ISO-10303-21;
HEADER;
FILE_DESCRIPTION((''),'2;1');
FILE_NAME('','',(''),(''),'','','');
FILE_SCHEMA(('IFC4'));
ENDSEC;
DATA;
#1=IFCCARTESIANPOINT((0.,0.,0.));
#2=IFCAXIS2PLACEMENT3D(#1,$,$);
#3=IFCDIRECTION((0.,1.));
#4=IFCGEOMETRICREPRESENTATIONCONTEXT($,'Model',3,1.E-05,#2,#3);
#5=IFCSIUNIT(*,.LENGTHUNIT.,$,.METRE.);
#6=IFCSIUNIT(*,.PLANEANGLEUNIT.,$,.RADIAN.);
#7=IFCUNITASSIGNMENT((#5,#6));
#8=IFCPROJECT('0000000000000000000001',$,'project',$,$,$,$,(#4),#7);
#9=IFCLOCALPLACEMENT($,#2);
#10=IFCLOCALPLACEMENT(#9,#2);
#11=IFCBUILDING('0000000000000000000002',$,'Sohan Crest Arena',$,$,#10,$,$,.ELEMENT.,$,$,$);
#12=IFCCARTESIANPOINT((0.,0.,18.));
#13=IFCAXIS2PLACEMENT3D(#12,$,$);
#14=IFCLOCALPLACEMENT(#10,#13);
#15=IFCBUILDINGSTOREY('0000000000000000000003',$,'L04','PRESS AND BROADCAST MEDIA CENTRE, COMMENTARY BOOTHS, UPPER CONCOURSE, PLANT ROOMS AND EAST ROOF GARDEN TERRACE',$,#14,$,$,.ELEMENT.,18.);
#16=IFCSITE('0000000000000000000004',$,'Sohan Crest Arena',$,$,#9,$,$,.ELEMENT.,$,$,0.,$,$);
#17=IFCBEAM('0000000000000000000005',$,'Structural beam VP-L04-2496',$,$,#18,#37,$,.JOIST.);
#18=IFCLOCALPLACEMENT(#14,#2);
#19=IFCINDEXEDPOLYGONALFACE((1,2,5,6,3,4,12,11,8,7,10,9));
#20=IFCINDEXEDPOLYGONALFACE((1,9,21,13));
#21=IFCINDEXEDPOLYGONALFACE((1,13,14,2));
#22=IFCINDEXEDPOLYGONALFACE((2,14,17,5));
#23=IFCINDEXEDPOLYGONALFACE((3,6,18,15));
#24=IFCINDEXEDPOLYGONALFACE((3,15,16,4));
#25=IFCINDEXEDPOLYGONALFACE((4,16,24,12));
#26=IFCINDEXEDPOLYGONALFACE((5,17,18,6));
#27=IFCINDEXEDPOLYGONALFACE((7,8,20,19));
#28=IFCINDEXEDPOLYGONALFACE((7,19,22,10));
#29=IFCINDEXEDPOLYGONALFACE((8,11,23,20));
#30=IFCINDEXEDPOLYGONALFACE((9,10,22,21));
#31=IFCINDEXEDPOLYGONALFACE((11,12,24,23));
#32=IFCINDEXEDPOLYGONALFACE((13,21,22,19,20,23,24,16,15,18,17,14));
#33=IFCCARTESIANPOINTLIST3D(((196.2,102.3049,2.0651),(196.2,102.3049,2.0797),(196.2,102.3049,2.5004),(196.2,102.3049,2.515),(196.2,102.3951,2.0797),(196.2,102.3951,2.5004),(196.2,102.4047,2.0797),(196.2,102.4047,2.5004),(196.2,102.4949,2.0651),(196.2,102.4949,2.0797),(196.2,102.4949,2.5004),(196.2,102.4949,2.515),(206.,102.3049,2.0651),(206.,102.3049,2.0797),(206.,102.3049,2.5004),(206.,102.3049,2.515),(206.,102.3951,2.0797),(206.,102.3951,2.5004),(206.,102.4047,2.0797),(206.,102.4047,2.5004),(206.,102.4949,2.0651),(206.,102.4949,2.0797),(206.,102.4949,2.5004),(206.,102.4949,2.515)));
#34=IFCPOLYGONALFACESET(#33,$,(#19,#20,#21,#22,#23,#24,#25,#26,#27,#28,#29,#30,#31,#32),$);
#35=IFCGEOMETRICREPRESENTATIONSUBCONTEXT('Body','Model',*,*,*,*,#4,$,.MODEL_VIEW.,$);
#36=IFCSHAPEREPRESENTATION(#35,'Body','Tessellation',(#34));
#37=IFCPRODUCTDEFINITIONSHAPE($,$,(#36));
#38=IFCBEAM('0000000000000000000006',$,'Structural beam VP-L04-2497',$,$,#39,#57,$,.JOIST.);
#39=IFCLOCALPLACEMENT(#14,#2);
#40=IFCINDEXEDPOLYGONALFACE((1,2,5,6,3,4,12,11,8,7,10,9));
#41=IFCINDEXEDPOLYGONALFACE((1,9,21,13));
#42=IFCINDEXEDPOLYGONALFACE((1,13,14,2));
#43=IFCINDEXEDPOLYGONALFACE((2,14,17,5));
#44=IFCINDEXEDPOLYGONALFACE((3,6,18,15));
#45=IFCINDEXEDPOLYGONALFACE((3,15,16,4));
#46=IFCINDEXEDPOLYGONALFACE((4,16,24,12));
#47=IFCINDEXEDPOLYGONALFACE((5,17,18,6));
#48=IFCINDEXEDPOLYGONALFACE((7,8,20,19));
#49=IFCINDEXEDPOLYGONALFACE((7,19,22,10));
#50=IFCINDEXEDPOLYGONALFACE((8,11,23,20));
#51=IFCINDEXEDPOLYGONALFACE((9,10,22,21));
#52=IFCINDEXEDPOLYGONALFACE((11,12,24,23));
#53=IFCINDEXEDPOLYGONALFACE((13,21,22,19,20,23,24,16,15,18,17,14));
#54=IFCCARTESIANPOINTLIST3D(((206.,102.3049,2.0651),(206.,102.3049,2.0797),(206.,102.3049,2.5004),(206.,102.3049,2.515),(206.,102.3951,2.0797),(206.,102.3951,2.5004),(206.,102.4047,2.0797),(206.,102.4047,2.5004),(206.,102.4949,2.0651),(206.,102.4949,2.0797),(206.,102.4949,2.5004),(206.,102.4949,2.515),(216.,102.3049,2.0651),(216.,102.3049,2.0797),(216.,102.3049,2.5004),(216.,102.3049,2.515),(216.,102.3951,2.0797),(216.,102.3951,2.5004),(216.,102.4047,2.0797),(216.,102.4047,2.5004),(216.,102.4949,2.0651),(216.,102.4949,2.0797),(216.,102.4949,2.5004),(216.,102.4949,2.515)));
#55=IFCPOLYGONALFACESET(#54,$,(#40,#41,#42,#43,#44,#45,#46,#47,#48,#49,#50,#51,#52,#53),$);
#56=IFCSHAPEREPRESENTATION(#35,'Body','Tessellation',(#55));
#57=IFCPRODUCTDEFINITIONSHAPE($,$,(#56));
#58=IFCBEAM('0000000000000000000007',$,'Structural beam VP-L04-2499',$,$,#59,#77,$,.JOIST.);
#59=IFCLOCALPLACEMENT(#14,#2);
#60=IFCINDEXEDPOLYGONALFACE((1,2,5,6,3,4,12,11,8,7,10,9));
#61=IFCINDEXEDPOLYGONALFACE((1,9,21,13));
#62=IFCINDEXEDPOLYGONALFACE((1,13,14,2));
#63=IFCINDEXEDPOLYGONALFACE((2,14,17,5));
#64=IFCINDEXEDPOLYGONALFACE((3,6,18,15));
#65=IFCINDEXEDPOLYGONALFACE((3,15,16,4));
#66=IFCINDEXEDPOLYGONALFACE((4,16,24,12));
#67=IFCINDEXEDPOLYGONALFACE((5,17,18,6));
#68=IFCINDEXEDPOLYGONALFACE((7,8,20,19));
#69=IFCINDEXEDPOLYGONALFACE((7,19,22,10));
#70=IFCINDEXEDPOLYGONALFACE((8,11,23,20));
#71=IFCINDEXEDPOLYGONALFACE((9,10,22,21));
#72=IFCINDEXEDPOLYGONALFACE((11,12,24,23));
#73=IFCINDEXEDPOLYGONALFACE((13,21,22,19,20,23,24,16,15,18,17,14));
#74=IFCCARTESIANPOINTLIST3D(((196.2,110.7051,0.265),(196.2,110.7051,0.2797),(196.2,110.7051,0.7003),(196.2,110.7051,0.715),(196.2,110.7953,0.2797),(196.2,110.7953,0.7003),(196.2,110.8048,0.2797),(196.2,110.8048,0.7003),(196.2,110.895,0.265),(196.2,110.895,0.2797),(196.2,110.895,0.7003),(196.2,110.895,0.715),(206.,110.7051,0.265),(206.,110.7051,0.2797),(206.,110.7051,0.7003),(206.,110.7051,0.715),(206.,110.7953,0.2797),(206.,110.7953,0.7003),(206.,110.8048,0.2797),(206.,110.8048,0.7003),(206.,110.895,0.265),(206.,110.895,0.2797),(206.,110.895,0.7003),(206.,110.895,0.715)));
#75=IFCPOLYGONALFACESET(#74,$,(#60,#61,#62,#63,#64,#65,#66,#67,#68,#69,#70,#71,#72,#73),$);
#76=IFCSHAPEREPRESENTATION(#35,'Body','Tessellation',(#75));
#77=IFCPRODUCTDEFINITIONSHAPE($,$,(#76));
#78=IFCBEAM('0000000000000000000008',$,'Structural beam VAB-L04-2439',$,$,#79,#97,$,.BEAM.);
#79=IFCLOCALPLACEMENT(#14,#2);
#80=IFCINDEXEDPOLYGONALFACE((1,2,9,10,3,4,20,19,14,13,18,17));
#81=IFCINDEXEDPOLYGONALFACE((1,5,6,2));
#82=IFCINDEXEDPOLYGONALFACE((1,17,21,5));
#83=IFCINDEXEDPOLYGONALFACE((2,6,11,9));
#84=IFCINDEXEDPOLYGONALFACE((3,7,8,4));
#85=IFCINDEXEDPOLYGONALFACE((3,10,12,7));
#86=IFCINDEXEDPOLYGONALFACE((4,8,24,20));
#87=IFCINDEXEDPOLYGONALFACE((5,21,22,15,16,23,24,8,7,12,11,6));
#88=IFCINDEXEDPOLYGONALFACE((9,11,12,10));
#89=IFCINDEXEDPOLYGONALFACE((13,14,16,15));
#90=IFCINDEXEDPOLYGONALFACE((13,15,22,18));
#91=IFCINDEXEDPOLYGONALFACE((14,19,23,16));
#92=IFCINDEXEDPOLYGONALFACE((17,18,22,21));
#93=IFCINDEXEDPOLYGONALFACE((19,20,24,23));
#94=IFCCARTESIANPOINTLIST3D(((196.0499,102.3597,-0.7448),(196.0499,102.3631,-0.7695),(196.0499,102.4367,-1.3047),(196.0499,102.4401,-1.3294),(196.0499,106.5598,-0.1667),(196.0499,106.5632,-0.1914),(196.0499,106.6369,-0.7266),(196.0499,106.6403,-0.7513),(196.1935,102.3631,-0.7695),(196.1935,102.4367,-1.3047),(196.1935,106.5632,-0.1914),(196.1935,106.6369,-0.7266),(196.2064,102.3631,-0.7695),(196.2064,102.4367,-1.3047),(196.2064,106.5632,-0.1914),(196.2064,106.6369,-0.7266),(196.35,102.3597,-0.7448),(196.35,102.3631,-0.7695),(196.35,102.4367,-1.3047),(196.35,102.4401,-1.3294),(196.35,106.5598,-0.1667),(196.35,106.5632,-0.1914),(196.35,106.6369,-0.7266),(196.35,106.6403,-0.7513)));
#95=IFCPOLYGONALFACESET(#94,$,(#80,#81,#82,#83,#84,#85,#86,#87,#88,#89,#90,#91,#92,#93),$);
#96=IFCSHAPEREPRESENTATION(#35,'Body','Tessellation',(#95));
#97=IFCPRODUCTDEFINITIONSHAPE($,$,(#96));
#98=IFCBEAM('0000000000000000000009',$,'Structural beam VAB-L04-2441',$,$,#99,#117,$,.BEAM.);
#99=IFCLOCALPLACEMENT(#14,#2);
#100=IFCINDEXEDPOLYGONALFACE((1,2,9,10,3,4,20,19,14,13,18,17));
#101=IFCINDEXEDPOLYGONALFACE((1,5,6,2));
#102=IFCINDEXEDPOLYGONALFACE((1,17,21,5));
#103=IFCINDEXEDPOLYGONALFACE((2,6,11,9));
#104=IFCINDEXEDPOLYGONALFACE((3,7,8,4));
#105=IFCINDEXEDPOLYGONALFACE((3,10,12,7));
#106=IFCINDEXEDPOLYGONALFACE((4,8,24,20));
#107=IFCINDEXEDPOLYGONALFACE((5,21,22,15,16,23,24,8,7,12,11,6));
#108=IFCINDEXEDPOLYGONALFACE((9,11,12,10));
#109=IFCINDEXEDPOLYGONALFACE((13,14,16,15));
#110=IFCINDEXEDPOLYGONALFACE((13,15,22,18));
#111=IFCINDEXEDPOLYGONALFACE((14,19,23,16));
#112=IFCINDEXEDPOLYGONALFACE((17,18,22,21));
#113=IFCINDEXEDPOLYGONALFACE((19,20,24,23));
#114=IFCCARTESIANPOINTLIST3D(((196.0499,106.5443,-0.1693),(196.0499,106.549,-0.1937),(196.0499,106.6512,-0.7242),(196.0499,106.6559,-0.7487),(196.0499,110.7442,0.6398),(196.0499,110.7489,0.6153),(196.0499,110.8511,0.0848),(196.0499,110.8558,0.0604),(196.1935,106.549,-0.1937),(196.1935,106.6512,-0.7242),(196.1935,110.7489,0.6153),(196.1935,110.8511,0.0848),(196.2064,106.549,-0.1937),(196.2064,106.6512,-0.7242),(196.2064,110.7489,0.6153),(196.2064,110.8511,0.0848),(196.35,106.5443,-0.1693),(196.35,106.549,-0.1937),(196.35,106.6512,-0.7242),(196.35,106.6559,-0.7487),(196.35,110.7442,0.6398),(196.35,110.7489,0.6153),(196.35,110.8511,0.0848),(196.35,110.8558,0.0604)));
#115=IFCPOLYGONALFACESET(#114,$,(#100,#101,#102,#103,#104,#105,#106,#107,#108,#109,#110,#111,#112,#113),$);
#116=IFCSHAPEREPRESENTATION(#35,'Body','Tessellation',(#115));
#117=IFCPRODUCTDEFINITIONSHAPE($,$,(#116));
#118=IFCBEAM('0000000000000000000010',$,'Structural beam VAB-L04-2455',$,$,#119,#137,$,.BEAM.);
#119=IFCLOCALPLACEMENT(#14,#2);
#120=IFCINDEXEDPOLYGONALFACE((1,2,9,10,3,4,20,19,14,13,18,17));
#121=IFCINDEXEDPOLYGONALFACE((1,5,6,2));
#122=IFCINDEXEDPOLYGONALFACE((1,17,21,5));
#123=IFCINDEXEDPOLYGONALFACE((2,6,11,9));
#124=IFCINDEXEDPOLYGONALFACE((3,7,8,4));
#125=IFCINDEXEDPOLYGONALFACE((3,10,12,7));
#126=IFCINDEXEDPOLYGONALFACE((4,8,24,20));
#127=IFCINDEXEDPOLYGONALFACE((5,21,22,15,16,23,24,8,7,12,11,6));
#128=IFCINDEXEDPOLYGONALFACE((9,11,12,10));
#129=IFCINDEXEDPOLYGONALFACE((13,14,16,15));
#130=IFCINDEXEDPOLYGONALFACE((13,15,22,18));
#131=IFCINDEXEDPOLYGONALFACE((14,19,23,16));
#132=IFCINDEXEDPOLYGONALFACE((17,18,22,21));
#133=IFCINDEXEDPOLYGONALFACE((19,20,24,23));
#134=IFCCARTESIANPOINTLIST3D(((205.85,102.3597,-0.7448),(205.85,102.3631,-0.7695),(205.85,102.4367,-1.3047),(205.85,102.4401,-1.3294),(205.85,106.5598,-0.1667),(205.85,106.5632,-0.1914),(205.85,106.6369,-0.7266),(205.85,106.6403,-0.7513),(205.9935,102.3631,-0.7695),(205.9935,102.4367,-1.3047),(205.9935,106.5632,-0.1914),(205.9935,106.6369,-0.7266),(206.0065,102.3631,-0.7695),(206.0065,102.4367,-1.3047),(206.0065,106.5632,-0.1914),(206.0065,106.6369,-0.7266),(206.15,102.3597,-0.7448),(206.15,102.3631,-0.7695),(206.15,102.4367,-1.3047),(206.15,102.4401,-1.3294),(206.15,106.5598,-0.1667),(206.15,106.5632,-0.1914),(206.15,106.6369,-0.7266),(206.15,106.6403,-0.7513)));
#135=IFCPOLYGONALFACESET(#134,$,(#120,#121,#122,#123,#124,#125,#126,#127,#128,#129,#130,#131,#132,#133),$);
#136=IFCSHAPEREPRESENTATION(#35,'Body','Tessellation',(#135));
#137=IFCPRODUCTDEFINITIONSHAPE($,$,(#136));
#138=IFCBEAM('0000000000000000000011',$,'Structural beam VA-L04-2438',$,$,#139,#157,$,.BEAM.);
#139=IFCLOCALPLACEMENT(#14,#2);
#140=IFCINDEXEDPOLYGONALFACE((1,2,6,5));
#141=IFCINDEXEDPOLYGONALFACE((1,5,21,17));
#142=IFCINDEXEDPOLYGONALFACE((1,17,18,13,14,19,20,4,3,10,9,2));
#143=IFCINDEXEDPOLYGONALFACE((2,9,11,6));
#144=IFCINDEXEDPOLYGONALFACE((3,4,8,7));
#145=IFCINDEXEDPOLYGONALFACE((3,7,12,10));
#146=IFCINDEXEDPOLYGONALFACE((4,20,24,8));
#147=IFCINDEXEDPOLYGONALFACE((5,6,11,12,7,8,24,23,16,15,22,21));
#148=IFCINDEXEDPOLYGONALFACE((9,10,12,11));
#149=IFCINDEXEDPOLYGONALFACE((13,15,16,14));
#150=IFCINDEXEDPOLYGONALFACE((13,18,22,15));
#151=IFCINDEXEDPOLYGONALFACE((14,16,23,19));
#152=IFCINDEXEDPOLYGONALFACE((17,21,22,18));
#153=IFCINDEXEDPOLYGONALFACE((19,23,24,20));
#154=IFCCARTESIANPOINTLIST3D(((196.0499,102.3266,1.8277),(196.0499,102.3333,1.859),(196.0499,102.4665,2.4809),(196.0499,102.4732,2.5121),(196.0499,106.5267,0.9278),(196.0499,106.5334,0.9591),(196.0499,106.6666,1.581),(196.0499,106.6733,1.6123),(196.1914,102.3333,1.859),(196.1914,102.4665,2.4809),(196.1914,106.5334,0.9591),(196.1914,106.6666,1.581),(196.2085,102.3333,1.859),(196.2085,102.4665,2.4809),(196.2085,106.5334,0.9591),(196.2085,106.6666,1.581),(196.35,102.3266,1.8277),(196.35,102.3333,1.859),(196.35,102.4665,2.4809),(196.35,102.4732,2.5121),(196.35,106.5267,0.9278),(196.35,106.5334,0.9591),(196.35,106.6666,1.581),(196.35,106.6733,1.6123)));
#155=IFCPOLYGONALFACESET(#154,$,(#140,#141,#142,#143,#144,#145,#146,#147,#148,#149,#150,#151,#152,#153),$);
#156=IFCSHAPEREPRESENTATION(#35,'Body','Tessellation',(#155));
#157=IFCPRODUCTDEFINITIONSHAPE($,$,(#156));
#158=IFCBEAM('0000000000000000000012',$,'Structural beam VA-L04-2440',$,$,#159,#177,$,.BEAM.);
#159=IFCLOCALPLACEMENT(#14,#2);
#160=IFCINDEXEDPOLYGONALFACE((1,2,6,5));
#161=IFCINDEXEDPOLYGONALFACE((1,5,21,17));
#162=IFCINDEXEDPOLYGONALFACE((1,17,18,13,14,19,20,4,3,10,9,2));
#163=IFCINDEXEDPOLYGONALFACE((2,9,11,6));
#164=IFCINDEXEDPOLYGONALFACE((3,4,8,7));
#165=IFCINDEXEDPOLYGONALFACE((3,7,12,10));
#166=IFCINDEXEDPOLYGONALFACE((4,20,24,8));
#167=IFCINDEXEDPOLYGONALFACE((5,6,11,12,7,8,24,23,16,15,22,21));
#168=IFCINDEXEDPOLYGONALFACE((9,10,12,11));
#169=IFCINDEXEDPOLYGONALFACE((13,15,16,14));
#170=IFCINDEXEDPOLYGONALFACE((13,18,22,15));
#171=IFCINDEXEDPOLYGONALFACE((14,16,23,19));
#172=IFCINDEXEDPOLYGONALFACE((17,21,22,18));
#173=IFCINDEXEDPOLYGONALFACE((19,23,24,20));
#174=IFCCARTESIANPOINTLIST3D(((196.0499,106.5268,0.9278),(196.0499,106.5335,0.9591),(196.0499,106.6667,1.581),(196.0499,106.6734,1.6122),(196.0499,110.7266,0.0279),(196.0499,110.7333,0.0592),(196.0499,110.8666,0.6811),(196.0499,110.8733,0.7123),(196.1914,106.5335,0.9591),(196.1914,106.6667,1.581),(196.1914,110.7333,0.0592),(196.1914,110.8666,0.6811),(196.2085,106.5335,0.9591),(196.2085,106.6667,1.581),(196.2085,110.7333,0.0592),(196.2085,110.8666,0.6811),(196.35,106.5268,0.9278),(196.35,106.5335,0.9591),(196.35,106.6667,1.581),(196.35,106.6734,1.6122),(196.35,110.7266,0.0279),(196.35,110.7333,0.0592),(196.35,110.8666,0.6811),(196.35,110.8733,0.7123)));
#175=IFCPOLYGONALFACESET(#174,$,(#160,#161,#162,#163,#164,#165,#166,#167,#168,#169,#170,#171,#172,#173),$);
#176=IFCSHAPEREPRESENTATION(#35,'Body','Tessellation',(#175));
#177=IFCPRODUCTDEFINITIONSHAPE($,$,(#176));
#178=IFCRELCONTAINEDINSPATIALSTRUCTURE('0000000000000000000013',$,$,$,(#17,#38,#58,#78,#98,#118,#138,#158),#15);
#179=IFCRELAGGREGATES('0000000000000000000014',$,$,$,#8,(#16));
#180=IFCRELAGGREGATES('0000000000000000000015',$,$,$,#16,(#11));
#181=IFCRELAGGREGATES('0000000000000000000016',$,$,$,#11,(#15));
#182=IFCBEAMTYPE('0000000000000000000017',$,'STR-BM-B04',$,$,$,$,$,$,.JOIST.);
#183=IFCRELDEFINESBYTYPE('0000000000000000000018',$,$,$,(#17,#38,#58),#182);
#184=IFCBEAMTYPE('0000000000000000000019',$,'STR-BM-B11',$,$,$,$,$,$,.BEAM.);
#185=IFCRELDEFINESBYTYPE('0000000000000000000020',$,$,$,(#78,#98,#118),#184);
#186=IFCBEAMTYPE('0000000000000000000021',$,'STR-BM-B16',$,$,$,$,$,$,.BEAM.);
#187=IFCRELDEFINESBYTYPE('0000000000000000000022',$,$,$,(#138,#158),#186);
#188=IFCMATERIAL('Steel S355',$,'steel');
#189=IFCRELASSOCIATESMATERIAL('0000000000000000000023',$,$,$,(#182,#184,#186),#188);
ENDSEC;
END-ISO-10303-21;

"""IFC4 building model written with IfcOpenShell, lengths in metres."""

from ifc_helpers import new_model, si_unit, direction, frame, origin, origin_2d, place, context, subcontext, project, spatial, i_section, extrude, material, material_profile, profile_set, type_object, element, save


model = new_model("IFC4")

# Units and contexts
model_context = context("Model", 3, precision=1e-05, world=origin(), true_north=direction((0.0, 1.0)))
body_context = subcontext(model_context, "Body", "Model", "MODEL_VIEW")
ifc_project = project(units=[si_unit("LENGTHUNIT", "METRE"), si_unit("PLANEANGLEUNIT", "RADIAN")], contexts=[model_context])

# Site, building, storey
site_placement = place(None, origin())
site = spatial("IfcSite", under=ifc_project, at=site_placement, Name="Sohan Crest Arena", CompositionType="ELEMENT", RefElevation=0.0)
building_placement = place(site_placement, origin())
building = spatial("IfcBuilding", under=site, at=building_placement, Name="Sohan Crest Arena", CompositionType="ELEMENT")
storey_placement = place(building_placement, frame((0.0, 0.0, 18.0)))
storey = spatial("IfcBuildingStorey", under=building, at=storey_placement, Name="L04", Description="PRESS AND BROADCAST MEDIA CENTRE, COMMENTARY BOOTHS, UPPER CONCOURSE, PLANT ROOMS AND EAST ROOF GARDEN TERRACE", CompositionType="ELEMENT", Elevation=18.0)

# Beams
ifc_material_1 = material(Name="Steel S355", Category="steel")
ifc_material_profile_1 = material_profile(ifc_material_1, i_section(OverallWidth=0.1899, OverallDepth=0.45, WebThickness=0.0095, FlangeThickness=0.0146, at=origin_2d()), Name="IPE 450")
ifc_profile_set_1 = profile_set([ifc_material_profile_1], Name="Steel S355")
beam_type_1 = type_object("IfcBeamType", Name="STR-BM-B04", PredefinedType="JOIST", material=ifc_profile_set_1)
beam_1_placement = place(storey_placement, frame((196.2, 102.3999, 2.29), z_axis=(1.0, 0.0, 0.0), x_axis=(0.0, 1.0, 0.0)))
element("IfcBeam", 1, at=beam_1_placement, inside=storey, type_object=beam_type_1, Name="Structural beam VP-L04-2496", PredefinedType="JOIST", context=body_context, shape_type="SweptSolid", body=[
    extrude(i_section(OverallWidth=0.1899, OverallDepth=0.45, WebThickness=0.0095, FlangeThickness=0.0146, at=origin_2d()), origin(), (0.0, 0.0, 1.0), 9.8),
])
beam_2_placement = place(storey_placement, frame((206.0, 102.3999, 2.29), z_axis=(1.0, 0.0, 0.0), x_axis=(0.0, 1.0, 0.0)))
element("IfcBeam", 2, at=beam_2_placement, inside=storey, type_object=beam_type_1, Name="Structural beam VP-L04-2497", PredefinedType="JOIST", context=body_context, shape_type="SweptSolid", body=[
    extrude(i_section(OverallWidth=0.1899, OverallDepth=0.45, WebThickness=0.0095, FlangeThickness=0.0146, at=origin_2d()), origin(), (0.0, 0.0, 1.0), 10.0),
])
beam_3_placement = place(storey_placement, frame((196.2, 110.8, 0.49), z_axis=(1.0, 0.0, 0.0), x_axis=(0.0, 1.0, 0.0)))
element("IfcBeam", 3, at=beam_3_placement, inside=storey, type_object=beam_type_1, Name="Structural beam VP-L04-2499", PredefinedType="JOIST", context=body_context, shape_type="SweptSolid", body=[
    extrude(i_section(OverallWidth=0.1899, OverallDepth=0.45, WebThickness=0.0095, FlangeThickness=0.0146, at=origin_2d()), origin(), (0.0, 0.0, 1.0), 9.8),
])
ifc_material_profile_2 = material_profile(ifc_material_1, i_section(OverallWidth=0.3, OverallDepth=0.5901, WebThickness=0.0129, FlangeThickness=0.0249, at=origin_2d()), Name="HEA 600")
ifc_profile_set_2 = profile_set([ifc_material_profile_2], Name="Steel S355")
beam_type_2 = type_object("IfcBeamType", Name="STR-BM-B11", PredefinedType="BEAM", material=ifc_profile_set_2)
beam_4_placement = place(storey_placement, frame((196.2, 102.3999, -1.0371), z_axis=(0.0, 0.99066, 0.136357), x_axis=(-1.0, 0.0, 0.0)))
element("IfcBeam", 4, at=beam_4_placement, inside=storey, type_object=beam_type_2, Name="Structural beam VAB-L04-2439", PredefinedType="BEAM", context=body_context, shape_type="SweptSolid", body=[
    extrude(i_section(OverallWidth=0.3, OverallDepth=0.5901, WebThickness=0.0129, FlangeThickness=0.0249, at=origin_2d()), origin(), (0.0, 0.0, 1.0), 4.2397),
])
beam_5_placement = place(storey_placement, frame((196.2, 106.6001, -0.459), z_axis=(0.0, 0.981946, 0.189163), x_axis=(-1.0, 0.0, 0.0)))
element("IfcBeam", 5, at=beam_5_placement, inside=storey, type_object=beam_type_2, Name="Structural beam VAB-L04-2441", PredefinedType="BEAM", context=body_context, shape_type="SweptSolid", body=[
    extrude(i_section(OverallWidth=0.3, OverallDepth=0.5901, WebThickness=0.0129, FlangeThickness=0.0249, at=origin_2d()), origin(), (0.0, 0.0, 1.0), 4.2771),
])
beam_6_placement = place(storey_placement, frame((206.0, 102.3999, -1.0371), z_axis=(0.0, 0.99066, 0.136357), x_axis=(-1.0, 0.0, 0.0)))
element("IfcBeam", 6, at=beam_6_placement, inside=storey, type_object=beam_type_2, Name="Structural beam VAB-L04-2455", PredefinedType="BEAM", context=body_context, shape_type="SweptSolid", body=[
    extrude(i_section(OverallWidth=0.3, OverallDepth=0.5901, WebThickness=0.0129, FlangeThickness=0.0249, at=origin_2d()), origin(), (0.0, 0.0, 1.0), 4.2397),
])
ifc_material_profile_3 = material_profile(ifc_material_1, i_section(OverallWidth=0.3, OverallDepth=0.7, WebThickness=0.0171, FlangeThickness=0.032, at=origin_2d()), Name="HEB 700")
ifc_profile_set_3 = profile_set([ifc_material_profile_3], Name="Steel S355")
beam_type_3 = type_object("IfcBeamType", Name="STR-BM-B16", PredefinedType="BEAM", material=ifc_profile_set_3)
beam_7_placement = place(storey_placement, frame((196.2, 102.3999, 2.1699), z_axis=(0.0, 0.977809, -0.209498), x_axis=(-1.0, 0.0, 0.0)))
element("IfcBeam", 7, at=beam_7_placement, inside=storey, type_object=beam_type_3, Name="Structural beam VA-L04-2438", PredefinedType="BEAM", context=body_context, shape_type="SweptSolid", body=[
    extrude(i_section(OverallWidth=0.3, OverallDepth=0.7, WebThickness=0.0171, FlangeThickness=0.032, at=origin_2d()), origin(), (0.0, 0.0, 1.0), 4.2954),
])
beam_8_placement = place(storey_placement, frame((196.2, 106.6001, 1.27), z_axis=(0.0, 0.977807, -0.20951), x_axis=(-1.0, 0.0, 0.0)))
element("IfcBeam", 8, at=beam_8_placement, inside=storey, type_object=beam_type_3, Name="Structural beam VA-L04-2440", PredefinedType="BEAM", context=body_context, shape_type="SweptSolid", body=[
    extrude(i_section(OverallWidth=0.3, OverallDepth=0.7, WebThickness=0.0171, FlangeThickness=0.032, at=origin_2d()), origin(), (0.0, 0.0, 1.0), 4.2952),
])

save(model, "model.ifc")
